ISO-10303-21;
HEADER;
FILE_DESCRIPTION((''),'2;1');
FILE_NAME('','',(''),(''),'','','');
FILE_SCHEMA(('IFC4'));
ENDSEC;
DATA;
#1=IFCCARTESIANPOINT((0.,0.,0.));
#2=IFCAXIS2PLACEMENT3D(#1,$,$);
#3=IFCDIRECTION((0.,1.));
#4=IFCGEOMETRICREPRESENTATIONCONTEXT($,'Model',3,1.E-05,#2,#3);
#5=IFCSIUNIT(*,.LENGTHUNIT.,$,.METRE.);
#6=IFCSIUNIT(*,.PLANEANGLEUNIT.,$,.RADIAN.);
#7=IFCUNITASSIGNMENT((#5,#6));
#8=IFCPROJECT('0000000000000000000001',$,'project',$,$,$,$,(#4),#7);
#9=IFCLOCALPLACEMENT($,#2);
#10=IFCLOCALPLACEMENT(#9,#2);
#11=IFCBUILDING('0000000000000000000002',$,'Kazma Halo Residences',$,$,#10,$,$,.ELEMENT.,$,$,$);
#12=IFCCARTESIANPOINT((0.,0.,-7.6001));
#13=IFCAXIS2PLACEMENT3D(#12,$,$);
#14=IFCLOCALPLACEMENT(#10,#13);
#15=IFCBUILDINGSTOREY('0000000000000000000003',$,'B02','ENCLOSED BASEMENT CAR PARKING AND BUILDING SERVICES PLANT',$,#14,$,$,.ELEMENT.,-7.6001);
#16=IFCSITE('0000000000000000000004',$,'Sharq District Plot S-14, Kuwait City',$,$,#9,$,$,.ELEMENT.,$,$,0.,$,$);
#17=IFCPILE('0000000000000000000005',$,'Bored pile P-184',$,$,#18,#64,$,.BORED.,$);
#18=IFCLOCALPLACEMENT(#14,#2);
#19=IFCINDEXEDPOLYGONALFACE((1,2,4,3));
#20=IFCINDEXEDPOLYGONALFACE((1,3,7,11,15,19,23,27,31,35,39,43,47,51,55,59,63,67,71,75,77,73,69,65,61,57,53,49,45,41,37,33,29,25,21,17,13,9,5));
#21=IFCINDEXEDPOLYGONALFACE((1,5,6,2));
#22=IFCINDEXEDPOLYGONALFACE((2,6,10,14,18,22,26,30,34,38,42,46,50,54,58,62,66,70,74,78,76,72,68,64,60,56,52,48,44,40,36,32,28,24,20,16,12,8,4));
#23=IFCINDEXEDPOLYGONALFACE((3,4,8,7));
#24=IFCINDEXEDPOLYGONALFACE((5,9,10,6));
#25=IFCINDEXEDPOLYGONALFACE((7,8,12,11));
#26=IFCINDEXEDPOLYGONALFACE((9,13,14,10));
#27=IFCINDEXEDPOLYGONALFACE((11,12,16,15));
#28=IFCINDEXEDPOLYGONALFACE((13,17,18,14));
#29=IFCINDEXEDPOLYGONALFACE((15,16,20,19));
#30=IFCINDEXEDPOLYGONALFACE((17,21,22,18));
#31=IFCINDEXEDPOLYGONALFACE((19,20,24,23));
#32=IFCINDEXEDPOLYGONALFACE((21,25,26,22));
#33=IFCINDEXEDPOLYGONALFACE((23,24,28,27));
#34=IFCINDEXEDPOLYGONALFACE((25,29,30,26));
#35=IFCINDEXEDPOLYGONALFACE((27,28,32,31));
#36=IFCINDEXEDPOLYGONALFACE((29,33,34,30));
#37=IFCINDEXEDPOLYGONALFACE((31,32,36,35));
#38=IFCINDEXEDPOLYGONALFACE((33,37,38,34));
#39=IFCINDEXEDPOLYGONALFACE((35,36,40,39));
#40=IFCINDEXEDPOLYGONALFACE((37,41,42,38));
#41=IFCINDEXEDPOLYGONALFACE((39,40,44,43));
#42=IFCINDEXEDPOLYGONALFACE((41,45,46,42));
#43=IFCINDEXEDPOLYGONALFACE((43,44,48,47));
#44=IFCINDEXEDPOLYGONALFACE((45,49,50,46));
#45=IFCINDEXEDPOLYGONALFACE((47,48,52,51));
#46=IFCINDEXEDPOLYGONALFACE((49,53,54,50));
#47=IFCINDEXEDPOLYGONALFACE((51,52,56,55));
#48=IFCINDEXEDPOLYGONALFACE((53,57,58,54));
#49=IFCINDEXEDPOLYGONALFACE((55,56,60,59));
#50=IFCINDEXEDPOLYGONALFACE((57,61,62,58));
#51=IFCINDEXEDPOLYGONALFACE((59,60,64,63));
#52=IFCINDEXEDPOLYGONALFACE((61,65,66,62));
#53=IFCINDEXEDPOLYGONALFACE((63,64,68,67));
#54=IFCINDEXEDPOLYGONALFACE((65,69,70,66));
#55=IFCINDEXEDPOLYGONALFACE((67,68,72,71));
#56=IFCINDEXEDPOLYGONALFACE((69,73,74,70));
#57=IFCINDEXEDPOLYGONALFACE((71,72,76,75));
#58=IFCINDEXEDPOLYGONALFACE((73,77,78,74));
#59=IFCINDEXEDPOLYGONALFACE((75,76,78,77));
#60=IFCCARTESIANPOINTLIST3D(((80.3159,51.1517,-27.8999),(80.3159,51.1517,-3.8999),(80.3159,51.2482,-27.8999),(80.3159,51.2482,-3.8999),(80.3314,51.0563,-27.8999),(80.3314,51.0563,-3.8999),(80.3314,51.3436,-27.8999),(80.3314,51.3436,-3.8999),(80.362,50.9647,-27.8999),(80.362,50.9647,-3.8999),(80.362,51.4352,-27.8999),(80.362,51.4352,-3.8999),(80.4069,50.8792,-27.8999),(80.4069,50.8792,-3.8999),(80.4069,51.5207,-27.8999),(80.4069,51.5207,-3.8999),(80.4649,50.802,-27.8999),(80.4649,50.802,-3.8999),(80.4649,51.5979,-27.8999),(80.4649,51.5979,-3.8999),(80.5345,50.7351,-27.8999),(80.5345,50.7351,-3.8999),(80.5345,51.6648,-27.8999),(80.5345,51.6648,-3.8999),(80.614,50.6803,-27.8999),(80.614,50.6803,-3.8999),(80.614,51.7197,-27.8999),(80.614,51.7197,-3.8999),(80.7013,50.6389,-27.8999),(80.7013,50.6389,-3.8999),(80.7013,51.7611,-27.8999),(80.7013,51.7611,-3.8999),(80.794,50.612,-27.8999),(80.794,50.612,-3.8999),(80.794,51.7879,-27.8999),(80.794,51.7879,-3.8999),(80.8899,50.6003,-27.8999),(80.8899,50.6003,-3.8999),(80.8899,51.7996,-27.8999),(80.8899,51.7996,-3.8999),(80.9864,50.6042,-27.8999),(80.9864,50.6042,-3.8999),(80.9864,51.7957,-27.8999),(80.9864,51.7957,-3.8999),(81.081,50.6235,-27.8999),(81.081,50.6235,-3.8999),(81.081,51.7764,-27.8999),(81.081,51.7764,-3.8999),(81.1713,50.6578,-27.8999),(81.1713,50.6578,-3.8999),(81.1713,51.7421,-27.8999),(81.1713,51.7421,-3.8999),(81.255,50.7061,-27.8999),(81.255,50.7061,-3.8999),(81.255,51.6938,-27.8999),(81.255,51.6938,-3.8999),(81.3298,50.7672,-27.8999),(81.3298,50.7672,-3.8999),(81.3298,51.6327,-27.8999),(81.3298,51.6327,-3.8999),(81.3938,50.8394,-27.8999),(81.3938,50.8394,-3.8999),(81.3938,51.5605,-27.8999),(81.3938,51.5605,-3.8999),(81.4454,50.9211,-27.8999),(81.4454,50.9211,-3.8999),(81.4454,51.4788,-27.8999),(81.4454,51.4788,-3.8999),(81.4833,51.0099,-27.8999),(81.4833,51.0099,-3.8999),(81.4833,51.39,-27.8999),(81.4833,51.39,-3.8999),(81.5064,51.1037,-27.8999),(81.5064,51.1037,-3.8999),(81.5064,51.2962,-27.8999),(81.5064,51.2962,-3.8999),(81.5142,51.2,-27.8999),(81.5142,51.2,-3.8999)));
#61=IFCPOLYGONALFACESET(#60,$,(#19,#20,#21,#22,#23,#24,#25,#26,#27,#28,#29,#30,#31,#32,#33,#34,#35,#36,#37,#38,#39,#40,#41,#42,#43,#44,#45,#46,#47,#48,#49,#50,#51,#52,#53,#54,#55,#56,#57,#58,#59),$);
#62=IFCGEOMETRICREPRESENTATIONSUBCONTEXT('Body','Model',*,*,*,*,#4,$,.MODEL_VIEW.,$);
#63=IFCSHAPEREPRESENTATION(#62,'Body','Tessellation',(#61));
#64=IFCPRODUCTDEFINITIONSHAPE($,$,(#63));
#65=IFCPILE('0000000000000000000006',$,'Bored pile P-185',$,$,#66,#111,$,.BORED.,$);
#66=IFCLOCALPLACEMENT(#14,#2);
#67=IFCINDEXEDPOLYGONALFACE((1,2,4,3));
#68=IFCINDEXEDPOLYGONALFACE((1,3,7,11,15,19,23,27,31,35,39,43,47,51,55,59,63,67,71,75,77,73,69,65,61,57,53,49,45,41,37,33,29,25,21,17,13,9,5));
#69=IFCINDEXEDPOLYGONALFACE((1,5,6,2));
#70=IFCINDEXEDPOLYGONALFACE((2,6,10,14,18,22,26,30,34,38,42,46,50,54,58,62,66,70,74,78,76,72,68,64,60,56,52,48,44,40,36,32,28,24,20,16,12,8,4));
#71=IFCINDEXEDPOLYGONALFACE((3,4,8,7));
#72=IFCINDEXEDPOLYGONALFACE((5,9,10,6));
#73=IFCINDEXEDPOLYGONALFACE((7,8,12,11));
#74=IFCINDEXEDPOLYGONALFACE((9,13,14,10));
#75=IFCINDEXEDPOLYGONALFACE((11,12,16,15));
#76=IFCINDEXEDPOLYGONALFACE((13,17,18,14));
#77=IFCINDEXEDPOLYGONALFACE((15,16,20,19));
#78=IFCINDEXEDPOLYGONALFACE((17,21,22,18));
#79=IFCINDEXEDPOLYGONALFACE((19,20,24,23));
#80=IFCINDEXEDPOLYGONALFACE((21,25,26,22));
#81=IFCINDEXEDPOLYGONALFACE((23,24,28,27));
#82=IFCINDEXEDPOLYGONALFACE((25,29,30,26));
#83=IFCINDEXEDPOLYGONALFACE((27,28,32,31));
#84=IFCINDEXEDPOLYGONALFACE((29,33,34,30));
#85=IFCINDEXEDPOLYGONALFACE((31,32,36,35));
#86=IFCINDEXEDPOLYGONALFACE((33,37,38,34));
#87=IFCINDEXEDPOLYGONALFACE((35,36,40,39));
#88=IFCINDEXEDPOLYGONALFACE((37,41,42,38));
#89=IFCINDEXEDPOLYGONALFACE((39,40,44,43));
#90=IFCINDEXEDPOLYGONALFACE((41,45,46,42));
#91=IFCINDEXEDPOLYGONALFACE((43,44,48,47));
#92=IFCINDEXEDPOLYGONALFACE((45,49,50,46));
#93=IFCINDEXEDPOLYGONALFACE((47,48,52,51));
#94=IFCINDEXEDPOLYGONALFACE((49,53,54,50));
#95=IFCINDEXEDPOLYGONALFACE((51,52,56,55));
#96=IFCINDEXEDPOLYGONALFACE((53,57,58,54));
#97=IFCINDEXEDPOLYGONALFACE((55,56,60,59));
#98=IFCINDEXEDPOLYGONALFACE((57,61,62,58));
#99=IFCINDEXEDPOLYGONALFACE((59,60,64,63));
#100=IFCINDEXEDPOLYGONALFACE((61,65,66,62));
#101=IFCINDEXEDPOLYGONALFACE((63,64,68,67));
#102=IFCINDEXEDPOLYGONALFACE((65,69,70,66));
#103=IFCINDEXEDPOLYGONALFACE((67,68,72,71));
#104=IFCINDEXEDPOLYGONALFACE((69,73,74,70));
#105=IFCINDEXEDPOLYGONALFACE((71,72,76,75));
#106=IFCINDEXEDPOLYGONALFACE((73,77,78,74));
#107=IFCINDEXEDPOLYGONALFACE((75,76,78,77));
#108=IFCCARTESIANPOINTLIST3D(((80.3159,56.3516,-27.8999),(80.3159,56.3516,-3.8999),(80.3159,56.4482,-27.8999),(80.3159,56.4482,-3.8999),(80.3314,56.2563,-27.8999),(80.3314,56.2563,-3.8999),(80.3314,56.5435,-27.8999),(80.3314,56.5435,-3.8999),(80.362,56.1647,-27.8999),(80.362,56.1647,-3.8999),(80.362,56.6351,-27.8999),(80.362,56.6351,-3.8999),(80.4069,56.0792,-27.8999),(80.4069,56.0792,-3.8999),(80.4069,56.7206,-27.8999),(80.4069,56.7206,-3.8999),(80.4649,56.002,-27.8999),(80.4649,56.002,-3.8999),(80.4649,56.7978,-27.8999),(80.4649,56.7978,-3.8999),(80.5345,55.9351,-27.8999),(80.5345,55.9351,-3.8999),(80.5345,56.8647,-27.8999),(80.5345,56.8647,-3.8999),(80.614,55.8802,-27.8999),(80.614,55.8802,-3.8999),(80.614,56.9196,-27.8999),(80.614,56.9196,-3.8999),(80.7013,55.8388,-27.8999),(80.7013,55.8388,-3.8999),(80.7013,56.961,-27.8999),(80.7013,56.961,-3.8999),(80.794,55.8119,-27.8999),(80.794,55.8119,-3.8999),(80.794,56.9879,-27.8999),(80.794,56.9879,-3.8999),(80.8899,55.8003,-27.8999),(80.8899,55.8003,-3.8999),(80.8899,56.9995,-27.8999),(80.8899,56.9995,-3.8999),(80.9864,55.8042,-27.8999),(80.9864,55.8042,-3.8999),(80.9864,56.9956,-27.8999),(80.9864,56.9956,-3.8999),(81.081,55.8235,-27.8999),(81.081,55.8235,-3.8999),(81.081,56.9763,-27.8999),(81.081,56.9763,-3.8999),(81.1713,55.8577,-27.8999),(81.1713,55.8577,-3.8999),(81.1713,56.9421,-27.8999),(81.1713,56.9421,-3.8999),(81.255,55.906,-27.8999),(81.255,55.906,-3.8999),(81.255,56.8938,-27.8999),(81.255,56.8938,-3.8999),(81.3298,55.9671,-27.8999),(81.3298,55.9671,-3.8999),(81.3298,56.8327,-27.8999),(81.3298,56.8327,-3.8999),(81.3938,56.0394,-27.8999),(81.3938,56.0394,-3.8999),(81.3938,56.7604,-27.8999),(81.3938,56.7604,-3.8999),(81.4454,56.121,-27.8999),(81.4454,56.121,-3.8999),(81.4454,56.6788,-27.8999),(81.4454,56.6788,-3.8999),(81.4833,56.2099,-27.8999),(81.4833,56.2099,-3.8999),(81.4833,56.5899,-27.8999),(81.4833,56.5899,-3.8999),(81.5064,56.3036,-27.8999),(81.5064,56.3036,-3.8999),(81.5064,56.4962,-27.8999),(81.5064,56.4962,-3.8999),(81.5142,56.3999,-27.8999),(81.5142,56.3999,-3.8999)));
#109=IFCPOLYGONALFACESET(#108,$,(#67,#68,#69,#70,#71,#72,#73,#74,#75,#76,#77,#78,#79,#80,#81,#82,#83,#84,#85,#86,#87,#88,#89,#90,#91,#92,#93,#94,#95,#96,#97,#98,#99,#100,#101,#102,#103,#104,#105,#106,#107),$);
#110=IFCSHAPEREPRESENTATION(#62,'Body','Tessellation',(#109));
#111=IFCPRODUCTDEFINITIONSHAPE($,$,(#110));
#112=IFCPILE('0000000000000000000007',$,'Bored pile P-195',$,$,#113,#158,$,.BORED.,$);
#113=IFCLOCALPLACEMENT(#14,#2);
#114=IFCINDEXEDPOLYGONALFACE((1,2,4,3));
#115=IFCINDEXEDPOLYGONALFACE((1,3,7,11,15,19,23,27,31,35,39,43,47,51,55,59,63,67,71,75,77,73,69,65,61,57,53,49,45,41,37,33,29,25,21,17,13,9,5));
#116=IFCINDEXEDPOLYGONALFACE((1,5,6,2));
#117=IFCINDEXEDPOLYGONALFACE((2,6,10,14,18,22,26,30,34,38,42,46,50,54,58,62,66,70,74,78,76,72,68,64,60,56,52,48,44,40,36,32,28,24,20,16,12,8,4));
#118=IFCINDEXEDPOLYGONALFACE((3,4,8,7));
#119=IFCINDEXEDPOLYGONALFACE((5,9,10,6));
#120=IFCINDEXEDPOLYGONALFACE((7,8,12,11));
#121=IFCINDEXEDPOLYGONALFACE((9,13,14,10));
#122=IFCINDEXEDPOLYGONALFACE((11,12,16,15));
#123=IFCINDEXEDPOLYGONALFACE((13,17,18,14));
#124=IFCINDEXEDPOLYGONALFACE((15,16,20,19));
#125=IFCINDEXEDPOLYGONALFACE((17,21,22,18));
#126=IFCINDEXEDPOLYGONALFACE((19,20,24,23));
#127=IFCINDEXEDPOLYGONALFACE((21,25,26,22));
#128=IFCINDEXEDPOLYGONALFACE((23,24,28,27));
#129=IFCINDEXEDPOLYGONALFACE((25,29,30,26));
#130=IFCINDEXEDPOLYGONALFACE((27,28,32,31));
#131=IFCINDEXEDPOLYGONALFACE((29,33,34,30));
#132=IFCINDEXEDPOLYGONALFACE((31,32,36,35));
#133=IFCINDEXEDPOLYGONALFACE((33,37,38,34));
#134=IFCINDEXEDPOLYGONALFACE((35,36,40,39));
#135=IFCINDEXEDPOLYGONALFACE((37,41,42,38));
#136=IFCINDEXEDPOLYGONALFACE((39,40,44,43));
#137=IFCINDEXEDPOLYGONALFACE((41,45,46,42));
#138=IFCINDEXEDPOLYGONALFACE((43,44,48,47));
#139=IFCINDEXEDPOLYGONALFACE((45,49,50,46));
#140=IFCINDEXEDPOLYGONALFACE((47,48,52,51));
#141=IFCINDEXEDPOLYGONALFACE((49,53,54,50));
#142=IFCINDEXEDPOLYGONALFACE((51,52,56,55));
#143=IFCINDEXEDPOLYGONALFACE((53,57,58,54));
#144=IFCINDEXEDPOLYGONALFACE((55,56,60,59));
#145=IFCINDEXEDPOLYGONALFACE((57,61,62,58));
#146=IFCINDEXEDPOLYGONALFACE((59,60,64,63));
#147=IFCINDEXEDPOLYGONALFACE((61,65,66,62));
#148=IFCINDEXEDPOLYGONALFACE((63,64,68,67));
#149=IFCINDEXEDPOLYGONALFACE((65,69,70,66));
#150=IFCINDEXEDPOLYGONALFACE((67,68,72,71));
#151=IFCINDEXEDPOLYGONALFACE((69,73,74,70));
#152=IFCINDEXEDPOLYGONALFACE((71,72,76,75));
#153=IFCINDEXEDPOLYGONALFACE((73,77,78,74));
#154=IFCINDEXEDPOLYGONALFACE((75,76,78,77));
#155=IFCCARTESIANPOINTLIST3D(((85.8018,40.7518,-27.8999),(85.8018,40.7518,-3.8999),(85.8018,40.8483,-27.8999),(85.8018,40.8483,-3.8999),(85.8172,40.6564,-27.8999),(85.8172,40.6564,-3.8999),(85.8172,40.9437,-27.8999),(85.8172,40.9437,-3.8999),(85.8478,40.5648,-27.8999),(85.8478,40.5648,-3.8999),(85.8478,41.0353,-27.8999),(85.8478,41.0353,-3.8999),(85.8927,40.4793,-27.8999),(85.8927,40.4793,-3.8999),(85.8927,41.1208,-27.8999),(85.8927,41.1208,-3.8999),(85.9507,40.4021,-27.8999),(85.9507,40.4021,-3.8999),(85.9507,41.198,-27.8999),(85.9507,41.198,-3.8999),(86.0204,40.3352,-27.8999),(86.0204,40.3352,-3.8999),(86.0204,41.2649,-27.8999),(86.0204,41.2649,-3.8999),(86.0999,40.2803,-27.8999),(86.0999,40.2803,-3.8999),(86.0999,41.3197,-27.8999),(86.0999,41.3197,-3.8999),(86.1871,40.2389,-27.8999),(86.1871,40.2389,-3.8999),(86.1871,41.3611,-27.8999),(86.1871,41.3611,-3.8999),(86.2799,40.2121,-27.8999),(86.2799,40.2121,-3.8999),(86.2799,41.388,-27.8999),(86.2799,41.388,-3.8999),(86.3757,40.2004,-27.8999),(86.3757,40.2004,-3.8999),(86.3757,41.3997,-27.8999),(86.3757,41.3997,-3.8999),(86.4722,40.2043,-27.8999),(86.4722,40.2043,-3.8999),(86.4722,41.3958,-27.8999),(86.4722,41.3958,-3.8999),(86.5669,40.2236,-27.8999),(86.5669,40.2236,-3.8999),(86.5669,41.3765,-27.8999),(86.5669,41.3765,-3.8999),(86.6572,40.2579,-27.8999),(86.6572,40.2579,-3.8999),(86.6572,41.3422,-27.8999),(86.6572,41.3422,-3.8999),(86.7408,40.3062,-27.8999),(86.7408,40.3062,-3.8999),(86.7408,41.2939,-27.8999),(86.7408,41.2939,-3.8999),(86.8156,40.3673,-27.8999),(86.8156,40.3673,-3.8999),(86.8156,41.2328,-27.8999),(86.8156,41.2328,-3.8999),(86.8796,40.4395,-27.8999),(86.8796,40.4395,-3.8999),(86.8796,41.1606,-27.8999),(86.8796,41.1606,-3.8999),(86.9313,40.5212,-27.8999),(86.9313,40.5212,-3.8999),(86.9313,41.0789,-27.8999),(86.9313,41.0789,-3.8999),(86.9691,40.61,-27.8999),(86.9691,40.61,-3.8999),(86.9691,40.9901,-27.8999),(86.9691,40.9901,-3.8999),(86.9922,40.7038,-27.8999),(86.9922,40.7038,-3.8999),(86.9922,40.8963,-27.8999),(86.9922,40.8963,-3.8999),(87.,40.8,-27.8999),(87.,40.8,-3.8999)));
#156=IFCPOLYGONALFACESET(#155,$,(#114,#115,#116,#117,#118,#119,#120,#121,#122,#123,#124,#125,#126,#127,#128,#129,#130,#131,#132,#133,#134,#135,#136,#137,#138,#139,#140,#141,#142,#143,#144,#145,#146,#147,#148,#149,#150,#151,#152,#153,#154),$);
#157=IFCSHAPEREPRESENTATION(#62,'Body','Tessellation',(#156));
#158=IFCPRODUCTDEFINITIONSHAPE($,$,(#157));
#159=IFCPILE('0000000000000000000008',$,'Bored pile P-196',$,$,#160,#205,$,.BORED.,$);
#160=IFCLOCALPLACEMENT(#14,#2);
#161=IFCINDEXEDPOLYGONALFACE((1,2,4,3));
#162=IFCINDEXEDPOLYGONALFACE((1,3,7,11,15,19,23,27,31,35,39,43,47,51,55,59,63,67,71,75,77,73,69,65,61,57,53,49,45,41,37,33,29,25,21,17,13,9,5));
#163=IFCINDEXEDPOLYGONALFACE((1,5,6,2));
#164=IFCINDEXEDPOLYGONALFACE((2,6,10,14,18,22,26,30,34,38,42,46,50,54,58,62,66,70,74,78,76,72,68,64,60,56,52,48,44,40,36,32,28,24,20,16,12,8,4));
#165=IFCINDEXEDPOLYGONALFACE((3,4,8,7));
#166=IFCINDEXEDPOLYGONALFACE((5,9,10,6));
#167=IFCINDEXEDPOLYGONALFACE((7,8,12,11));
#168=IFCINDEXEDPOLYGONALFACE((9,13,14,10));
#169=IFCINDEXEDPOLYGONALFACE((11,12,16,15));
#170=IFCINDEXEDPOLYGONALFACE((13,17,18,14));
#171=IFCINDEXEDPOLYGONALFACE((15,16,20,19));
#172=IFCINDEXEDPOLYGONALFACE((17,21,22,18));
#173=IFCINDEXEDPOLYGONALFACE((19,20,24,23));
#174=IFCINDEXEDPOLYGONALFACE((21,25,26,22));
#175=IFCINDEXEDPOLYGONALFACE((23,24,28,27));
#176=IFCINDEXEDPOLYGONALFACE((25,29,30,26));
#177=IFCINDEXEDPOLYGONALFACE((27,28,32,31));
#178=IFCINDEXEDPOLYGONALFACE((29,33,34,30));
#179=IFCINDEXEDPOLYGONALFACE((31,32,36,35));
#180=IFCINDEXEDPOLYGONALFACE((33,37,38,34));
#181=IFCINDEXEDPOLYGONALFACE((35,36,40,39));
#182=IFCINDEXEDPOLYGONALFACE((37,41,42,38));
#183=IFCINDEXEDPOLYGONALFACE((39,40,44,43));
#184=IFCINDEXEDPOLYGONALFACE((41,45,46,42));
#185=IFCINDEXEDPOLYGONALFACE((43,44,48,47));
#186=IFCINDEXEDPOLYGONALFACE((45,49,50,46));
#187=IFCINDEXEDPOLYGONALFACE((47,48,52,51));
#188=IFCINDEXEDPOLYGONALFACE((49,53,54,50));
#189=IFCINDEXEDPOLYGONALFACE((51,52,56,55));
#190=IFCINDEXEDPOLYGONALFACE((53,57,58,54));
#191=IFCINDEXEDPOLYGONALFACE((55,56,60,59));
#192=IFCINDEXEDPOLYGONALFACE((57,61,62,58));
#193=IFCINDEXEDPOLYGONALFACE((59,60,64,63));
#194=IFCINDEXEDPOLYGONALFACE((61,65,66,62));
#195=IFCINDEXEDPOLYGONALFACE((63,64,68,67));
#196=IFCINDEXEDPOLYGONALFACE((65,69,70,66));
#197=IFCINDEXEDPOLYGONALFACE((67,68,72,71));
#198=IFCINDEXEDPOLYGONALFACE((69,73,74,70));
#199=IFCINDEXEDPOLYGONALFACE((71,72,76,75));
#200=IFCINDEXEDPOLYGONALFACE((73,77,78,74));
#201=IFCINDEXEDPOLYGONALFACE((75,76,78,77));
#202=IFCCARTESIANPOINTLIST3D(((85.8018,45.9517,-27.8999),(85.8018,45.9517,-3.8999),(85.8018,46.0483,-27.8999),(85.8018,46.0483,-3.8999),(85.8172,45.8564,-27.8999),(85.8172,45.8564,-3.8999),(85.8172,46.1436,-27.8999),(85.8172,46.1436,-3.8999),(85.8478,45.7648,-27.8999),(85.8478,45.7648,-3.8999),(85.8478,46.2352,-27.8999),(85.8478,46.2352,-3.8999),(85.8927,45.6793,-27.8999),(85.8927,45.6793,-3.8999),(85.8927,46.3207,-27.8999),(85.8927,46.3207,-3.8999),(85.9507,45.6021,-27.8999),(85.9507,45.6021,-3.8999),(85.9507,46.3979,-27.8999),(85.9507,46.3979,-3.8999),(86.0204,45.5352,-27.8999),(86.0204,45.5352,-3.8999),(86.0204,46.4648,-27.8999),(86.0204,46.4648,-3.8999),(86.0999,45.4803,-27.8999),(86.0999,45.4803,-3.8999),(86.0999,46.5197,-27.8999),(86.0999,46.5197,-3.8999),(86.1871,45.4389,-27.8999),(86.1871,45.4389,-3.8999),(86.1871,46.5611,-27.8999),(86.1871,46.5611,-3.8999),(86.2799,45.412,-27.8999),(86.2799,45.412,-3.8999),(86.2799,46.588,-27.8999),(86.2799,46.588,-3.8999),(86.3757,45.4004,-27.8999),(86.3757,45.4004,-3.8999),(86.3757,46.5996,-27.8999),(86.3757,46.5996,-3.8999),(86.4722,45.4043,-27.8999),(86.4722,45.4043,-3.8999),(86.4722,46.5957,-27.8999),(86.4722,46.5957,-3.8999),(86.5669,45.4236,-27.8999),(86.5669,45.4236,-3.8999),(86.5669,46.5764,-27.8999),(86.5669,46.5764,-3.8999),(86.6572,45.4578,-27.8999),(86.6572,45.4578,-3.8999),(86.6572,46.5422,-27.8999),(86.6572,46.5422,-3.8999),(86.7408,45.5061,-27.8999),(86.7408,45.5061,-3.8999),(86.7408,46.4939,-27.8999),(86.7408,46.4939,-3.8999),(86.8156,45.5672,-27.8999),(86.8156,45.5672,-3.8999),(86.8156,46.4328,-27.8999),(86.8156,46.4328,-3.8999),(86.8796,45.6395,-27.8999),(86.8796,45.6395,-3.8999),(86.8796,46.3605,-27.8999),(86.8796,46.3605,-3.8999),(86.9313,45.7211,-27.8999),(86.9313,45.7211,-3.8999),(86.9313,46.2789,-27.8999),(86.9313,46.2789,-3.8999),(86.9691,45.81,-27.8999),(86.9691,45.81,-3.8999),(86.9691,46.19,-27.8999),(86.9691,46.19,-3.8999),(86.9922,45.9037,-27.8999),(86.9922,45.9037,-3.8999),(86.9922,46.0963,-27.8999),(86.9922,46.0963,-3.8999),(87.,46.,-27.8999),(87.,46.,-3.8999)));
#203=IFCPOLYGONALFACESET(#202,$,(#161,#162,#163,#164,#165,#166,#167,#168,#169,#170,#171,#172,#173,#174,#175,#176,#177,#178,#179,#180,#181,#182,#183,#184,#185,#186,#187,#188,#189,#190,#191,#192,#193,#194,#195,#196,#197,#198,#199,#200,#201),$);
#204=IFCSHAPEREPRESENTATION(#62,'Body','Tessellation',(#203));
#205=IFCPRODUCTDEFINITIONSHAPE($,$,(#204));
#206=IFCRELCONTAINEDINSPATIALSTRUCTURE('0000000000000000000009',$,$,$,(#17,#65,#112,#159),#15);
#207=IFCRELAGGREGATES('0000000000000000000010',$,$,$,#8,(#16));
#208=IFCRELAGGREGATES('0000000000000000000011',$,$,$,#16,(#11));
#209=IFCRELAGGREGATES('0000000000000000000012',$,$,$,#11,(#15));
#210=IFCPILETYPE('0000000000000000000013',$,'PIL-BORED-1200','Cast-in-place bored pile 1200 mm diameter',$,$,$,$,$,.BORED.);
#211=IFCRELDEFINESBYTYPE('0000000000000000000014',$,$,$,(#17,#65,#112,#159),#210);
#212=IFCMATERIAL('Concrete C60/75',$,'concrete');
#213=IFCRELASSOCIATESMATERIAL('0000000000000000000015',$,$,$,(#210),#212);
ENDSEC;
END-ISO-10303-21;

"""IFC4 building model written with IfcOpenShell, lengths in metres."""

from ifc_helpers import new_model, si_unit, direction, frame, origin, origin_2d, place, context, subcontext, project, spatial, circle, extrude, material, material_profile, profile_set, type_object, element, save


model = new_model("IFC4")

# Units and contexts
model_context = context("Model", 3, precision=1e-05, world=origin(), true_north=direction((0.0, 1.0)))
body_context = subcontext(model_context, "Body", "Model", "MODEL_VIEW")
ifc_project = project(units=[si_unit("LENGTHUNIT", "METRE"), si_unit("PLANEANGLEUNIT", "RADIAN")], contexts=[model_context])

# Site, building, storey
site_placement = place(None, origin())
site = spatial("IfcSite", under=ifc_project, at=site_placement, Name="Sharq District Plot S-14, Kuwait City", CompositionType="ELEMENT", RefElevation=0.0)
building_placement = place(site_placement, origin())
building = spatial("IfcBuilding", under=site, at=building_placement, Name="Kazma Halo Residences", CompositionType="ELEMENT")
storey_placement = place(building_placement, frame((0.0, 0.0, -7.6001)))
storey = spatial("IfcBuildingStorey", under=building, at=storey_placement, Name="B02", Description="ENCLOSED BASEMENT CAR PARKING AND BUILDING SERVICES PLANT", CompositionType="ELEMENT", Elevation=-7.6001)

# Piles
ifc_material_1 = material(Name="Concrete C60/75", Category="concrete")
ifc_material_profile_1 = material_profile(ifc_material_1, circle(Radius=0.6001, at=origin_2d()), Name="CIRC1200")
ifc_profile_set_1 = profile_set([ifc_material_profile_1], Name="Concrete C60/75")
pile_type = type_object("IfcPileType", Name="PIL-BORED-1200", Description="Cast-in-place bored pile 1200 mm diameter", PredefinedType="BORED", material=ifc_profile_set_1)
for number, where, z_axis, x_axis, name in (
    (1, (80.9141, 51.2, -3.8999), (0.0, 0.0, -1.0), (1.0, 0.0, 0.0), "Bored pile P-184"),
    (2, (80.9141, 56.3999, -3.8999), (0.0, 0.0, -1.0), (1.0, 0.0, 0.0), "Bored pile P-185"),
    (3, (86.3999, 40.8, -3.8999), (0.0, 0.0, -1.0), (1.0, 0.0, 0.0), "Bored pile P-195"),
    (4, (86.3999, 46.0, -3.8999), (0.0, 0.0, -1.0), (1.0, 0.0, 0.0), "Bored pile P-196"),
):
    element("IfcPile", number, at=place(storey_placement, frame(where, z_axis=z_axis, x_axis=x_axis)), inside=storey, type_object=pile_type, Name=name, PredefinedType="BORED", context=body_context, shape_type="SweptSolid", body=[
        extrude(circle(Radius=0.6001, at=origin_2d()), origin(), (0.0, 0.0, 1.0), 24.0),
    ])

save(model, "model.ifc")
